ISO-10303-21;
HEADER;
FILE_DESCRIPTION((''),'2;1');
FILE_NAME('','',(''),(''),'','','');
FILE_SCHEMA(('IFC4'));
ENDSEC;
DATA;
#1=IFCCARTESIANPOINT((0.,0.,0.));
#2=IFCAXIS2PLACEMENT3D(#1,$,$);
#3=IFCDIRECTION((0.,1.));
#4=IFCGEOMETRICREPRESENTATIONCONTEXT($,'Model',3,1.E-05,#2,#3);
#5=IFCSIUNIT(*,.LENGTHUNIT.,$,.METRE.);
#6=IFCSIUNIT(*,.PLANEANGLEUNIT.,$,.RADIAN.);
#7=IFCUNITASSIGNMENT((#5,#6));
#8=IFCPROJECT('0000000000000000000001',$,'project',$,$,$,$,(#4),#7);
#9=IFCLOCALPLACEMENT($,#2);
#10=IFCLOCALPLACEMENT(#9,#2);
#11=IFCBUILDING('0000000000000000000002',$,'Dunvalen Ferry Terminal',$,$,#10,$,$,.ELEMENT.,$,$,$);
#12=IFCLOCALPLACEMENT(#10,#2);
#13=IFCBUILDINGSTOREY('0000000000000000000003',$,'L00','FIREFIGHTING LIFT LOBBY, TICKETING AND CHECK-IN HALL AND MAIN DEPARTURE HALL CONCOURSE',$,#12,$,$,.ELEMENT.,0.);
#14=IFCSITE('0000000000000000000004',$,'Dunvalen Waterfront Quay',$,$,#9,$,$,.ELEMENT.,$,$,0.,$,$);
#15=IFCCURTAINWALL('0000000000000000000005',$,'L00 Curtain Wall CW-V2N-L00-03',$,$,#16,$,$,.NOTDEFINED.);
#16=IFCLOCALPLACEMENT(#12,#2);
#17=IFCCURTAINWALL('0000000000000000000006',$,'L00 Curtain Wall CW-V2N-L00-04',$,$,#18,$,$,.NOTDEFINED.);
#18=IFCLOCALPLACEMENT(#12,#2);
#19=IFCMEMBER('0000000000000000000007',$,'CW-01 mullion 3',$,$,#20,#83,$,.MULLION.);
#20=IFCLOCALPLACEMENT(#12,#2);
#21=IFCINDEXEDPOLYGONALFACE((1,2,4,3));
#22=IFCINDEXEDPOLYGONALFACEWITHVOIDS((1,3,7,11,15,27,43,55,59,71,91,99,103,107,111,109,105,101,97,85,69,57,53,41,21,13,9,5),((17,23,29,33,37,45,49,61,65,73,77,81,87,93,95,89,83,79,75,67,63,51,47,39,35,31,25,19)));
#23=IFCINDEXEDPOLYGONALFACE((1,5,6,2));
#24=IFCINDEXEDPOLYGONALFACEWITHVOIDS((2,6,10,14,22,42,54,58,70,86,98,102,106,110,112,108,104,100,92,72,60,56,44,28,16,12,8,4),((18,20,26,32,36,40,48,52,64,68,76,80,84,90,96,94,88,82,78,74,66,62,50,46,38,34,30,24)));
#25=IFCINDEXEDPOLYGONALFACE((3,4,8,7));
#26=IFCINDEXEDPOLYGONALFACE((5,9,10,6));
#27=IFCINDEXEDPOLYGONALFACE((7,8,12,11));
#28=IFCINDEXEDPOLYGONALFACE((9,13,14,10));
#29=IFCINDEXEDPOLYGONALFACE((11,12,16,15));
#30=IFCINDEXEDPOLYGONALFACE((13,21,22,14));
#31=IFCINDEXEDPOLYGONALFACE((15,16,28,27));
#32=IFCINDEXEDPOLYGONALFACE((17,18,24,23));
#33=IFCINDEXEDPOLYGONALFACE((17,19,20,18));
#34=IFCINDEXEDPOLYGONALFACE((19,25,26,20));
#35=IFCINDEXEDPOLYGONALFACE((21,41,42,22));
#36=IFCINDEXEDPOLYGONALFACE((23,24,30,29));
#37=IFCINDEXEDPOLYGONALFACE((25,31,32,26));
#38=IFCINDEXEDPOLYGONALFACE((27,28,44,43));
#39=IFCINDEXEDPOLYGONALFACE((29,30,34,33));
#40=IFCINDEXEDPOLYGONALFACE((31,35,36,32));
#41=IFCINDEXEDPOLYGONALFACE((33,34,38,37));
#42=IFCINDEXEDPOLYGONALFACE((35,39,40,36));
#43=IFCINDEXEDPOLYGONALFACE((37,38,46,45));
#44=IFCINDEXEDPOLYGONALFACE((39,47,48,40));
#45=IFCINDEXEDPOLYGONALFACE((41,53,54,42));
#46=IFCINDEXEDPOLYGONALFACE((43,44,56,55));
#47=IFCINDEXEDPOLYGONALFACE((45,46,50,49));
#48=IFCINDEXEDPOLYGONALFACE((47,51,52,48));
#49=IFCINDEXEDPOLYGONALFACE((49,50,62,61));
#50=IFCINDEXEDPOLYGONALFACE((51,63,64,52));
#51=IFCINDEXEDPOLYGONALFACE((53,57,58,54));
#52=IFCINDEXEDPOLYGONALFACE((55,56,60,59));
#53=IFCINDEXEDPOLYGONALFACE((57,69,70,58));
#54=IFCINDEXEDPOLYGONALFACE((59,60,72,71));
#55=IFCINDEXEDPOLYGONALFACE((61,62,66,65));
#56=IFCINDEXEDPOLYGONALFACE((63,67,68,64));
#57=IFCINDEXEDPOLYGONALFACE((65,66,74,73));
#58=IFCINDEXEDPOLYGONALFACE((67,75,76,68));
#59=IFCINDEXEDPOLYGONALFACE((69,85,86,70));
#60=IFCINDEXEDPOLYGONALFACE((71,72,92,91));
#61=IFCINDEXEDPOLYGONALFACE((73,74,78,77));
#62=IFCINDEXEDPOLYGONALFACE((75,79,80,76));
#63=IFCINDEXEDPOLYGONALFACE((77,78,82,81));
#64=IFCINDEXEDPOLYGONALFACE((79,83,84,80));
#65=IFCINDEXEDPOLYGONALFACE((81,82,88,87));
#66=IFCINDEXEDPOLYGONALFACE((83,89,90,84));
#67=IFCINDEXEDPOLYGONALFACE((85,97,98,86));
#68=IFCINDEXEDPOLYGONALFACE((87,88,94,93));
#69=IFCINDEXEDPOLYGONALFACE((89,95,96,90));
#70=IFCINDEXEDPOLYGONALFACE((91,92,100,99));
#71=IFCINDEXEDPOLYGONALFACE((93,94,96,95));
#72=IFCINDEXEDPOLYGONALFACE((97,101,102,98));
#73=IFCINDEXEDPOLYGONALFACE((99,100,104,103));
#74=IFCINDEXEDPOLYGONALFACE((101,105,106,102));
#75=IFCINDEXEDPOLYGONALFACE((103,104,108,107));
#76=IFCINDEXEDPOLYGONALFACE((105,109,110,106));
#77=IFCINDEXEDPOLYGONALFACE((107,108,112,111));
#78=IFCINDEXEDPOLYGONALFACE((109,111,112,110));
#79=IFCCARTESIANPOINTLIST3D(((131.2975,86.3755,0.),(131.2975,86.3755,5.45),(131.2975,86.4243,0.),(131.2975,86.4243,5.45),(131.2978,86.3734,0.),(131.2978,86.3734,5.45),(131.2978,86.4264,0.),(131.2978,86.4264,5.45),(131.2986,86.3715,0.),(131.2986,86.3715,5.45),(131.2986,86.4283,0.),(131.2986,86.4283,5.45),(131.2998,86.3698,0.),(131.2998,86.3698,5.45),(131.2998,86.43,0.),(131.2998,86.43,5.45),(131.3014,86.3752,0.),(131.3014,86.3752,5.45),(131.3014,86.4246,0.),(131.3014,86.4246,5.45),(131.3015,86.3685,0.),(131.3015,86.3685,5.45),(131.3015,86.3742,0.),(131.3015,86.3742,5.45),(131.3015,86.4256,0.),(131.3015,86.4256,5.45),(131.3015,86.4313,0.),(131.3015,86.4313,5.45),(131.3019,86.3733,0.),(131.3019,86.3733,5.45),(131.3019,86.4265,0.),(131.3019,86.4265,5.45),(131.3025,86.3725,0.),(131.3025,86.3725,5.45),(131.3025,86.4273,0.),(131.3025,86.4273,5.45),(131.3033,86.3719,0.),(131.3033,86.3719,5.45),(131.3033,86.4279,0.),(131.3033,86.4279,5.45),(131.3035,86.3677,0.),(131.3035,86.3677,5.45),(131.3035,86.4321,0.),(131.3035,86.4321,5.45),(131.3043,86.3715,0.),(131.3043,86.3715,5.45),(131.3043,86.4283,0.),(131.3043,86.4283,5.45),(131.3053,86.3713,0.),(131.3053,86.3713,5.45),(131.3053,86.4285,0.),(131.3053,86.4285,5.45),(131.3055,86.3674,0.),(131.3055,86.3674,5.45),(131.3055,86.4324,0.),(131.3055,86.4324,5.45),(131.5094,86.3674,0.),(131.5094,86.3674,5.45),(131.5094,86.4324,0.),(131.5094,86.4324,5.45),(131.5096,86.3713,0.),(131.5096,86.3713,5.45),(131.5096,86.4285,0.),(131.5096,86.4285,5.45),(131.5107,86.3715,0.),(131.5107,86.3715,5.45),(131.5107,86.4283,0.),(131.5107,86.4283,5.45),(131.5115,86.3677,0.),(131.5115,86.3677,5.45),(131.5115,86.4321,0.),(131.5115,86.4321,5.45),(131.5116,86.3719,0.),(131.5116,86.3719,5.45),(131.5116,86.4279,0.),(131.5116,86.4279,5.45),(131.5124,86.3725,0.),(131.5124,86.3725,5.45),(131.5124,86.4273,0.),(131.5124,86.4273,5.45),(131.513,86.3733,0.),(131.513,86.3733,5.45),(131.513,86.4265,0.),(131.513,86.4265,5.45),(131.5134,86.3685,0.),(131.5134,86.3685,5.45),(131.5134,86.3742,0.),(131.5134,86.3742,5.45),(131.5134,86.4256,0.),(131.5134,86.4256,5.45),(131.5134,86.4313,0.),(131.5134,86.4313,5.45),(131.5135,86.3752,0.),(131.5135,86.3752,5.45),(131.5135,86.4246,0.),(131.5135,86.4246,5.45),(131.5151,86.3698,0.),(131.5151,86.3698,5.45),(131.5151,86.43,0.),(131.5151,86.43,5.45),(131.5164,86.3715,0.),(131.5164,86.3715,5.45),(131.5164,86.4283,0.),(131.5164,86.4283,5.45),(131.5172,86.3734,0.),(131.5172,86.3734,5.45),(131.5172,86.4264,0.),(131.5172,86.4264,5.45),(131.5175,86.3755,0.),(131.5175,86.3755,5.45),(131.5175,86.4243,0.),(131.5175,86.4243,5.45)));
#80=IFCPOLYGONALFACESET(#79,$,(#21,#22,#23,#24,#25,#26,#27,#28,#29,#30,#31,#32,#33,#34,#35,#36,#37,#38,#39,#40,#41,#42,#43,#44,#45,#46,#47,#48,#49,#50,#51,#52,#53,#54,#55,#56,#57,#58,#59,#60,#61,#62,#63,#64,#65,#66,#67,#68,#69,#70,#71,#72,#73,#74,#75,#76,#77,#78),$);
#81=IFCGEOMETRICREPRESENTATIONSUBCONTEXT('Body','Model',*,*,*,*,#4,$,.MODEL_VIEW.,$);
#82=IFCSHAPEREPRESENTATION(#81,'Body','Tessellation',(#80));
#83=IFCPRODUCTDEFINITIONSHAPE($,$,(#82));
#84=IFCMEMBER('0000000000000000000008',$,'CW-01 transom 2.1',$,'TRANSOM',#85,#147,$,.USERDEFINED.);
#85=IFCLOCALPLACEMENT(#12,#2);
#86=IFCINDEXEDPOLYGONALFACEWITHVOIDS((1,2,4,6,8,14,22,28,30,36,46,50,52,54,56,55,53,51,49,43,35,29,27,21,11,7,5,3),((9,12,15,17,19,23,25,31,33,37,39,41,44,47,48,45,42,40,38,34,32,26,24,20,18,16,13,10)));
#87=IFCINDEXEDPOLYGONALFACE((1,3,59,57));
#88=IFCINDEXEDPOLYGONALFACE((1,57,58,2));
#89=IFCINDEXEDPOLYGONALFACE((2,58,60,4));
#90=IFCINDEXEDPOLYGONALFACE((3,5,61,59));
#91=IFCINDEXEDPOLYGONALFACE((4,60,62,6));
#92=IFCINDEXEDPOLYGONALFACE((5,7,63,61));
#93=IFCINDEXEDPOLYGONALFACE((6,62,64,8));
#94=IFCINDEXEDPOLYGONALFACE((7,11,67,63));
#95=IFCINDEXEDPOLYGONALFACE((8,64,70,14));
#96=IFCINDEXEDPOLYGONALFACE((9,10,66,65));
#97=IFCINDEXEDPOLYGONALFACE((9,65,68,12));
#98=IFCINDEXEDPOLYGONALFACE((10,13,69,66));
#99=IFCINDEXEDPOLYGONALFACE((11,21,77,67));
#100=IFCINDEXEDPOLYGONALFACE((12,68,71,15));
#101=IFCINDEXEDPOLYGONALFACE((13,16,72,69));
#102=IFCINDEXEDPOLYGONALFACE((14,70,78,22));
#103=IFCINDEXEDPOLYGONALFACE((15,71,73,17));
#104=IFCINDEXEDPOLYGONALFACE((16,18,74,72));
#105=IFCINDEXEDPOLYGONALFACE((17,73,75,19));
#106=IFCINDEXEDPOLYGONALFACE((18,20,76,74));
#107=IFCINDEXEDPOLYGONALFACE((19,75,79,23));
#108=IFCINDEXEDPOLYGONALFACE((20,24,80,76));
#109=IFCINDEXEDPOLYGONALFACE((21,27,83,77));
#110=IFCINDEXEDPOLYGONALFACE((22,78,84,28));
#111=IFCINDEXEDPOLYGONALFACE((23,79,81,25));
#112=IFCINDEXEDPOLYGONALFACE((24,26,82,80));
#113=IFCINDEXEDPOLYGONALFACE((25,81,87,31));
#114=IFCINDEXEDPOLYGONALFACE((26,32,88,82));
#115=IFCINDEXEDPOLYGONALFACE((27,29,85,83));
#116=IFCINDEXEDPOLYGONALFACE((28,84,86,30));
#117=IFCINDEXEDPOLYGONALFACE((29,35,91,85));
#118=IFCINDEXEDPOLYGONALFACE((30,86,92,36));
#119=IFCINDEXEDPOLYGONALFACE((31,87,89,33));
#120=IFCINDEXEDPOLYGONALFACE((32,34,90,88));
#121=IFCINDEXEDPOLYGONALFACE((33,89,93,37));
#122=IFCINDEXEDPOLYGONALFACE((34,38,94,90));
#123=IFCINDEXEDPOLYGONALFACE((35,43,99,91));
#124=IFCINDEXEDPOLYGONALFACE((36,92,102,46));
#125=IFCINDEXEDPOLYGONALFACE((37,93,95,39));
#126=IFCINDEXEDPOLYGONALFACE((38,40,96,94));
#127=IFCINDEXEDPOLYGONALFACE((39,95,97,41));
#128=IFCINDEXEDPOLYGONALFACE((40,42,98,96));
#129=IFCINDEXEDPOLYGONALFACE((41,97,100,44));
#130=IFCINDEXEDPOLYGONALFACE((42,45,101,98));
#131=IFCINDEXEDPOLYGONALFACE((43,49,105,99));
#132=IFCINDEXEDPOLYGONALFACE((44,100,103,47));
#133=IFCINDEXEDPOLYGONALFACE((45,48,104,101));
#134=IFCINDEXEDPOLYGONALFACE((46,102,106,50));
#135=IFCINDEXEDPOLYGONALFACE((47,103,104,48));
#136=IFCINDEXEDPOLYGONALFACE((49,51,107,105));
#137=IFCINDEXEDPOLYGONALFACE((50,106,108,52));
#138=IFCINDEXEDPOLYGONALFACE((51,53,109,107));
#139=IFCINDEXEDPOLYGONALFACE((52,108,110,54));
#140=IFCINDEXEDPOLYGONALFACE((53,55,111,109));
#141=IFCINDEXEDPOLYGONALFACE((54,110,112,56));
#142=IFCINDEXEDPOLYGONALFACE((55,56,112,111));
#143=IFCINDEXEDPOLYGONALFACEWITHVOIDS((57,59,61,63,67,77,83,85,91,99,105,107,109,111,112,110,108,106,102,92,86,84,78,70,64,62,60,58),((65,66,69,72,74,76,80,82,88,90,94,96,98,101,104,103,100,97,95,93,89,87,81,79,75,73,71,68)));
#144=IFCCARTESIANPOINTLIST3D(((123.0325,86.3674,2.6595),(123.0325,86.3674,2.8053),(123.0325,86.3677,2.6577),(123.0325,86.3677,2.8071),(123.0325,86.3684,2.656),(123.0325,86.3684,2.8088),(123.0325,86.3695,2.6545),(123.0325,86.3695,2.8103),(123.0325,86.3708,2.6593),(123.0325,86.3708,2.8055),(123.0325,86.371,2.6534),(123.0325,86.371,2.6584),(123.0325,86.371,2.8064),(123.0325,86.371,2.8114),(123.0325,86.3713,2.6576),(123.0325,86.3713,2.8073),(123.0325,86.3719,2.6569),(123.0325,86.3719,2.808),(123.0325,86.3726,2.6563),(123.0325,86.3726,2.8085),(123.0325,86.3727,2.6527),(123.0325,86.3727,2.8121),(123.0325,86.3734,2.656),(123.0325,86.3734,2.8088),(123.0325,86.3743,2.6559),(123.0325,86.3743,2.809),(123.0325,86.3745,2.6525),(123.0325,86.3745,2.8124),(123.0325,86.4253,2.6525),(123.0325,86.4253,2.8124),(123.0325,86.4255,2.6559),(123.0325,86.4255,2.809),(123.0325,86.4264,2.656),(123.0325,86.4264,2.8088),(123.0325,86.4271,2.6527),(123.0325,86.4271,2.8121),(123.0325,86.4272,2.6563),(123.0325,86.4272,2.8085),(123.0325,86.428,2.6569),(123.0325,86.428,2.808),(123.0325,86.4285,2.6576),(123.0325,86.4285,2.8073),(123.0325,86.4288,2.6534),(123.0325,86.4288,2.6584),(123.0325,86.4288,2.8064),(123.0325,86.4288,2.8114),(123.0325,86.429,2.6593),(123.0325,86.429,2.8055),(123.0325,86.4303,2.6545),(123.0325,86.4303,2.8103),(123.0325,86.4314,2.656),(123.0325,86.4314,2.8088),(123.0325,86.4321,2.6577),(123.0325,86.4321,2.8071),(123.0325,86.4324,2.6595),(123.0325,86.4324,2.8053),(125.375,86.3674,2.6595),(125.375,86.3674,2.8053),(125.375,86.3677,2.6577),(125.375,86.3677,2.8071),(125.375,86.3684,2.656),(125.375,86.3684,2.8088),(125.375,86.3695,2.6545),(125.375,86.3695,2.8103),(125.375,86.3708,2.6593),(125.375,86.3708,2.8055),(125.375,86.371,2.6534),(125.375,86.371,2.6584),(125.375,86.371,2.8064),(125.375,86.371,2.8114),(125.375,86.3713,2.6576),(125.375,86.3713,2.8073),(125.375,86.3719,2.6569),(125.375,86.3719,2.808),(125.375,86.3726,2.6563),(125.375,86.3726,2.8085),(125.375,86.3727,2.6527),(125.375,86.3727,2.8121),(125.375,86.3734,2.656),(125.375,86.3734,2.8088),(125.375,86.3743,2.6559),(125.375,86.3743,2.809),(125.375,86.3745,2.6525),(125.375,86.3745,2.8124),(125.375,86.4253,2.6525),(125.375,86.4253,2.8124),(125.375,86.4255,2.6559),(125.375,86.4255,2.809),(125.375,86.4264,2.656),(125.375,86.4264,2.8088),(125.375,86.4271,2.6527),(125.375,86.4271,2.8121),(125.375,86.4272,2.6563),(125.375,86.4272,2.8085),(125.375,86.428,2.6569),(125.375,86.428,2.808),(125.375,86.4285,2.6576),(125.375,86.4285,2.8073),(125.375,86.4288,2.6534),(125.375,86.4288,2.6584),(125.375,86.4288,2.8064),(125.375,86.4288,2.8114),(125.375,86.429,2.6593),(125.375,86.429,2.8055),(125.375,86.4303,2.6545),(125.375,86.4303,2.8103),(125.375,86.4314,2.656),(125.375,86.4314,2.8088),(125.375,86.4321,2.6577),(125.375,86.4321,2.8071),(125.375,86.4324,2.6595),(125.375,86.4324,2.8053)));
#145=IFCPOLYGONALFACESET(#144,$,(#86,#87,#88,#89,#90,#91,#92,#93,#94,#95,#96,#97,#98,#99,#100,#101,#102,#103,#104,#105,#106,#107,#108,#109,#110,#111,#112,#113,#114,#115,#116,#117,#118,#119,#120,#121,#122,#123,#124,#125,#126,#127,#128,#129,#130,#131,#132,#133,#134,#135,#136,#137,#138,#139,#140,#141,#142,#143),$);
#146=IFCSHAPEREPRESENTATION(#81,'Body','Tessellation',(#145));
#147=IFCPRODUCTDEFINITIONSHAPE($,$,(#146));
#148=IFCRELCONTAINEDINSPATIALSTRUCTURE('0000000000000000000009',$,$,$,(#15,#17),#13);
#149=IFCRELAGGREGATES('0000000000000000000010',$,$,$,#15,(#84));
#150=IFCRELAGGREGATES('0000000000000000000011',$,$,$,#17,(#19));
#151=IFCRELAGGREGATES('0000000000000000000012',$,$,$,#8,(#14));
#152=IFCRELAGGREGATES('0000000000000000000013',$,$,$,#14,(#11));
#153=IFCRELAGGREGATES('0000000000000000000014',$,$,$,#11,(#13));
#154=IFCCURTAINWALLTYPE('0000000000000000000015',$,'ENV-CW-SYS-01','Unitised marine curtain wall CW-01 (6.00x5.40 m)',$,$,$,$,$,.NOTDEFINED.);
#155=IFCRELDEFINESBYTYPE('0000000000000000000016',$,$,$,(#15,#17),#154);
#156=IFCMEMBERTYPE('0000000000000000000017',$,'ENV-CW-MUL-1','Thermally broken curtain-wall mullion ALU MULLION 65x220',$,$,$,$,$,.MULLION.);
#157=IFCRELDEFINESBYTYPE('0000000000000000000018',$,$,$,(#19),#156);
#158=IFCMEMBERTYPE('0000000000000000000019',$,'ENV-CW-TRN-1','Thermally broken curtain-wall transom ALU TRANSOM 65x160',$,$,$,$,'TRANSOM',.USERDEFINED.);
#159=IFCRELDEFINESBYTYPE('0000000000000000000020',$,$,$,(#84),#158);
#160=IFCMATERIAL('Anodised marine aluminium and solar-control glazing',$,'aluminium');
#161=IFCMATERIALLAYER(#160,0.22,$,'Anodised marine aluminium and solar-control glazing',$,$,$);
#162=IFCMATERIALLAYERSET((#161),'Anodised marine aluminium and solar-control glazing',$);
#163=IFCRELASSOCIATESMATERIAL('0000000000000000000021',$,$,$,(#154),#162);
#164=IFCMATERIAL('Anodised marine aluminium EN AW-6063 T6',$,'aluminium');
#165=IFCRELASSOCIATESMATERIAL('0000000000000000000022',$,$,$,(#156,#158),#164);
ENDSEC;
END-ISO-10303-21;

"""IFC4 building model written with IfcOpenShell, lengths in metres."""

from ifc_helpers import new_model, si_unit, direction, frame, origin, origin_2d, place, context, subcontext, project, spatial, hollow_rectangle, extrude, material, layer, layer_set, material_profile, profile_set, type_object, element, aggregate, save


model = new_model("IFC4")

# Units and contexts
model_context = context("Model", 3, precision=1e-05, world=origin(), true_north=direction((0.0, 1.0)))
body_context = subcontext(model_context, "Body", "Model", "MODEL_VIEW")
ifc_project = project(units=[si_unit("LENGTHUNIT", "METRE"), si_unit("PLANEANGLEUNIT", "RADIAN")], contexts=[model_context])

# Site, building, storey
site_placement = place(None, origin())
site = spatial("IfcSite", under=ifc_project, at=site_placement, Name="Dunvalen Waterfront Quay", CompositionType="ELEMENT", RefElevation=0.0)
building_placement = place(site_placement, origin())
building = spatial("IfcBuilding", under=site, at=building_placement, Name="Dunvalen Ferry Terminal", CompositionType="ELEMENT")
storey_placement = place(building_placement, origin())
storey = spatial("IfcBuildingStorey", under=building, at=storey_placement, Name="L00", Description="FIREFIGHTING LIFT LOBBY, TICKETING AND CHECK-IN HALL AND MAIN DEPARTURE HALL CONCOURSE", CompositionType="ELEMENT", Elevation=0.0)

# Curtain wall
ifc_material_1 = material(Name="Anodised marine aluminium and solar-control glazing", Category="aluminium")
ifc_layer_1 = layer(ifc_material_1, 0.22, Name="Anodised marine aluminium and solar-control glazing")
ifc_layer_set_1 = layer_set([ifc_layer_1], Name="Anodised marine aluminium and solar-control glazing")
curtain_wall_type = type_object("IfcCurtainWallType", Name="ENV-CW-SYS-01", Description="Unitised marine curtain wall CW-01 (6.00x5.40 m)", PredefinedType="NOTDEFINED", material=ifc_layer_set_1)
curtain_wall_1_placement = place(storey_placement, origin())
curtain_wall_1 = element("IfcCurtainWall", 1, at=curtain_wall_1_placement, inside=storey, type_object=curtain_wall_type, Name="L00 Curtain Wall CW-V2N-L00-03", PredefinedType="NOTDEFINED")
ifc_material_2 = material(Name="Anodised marine aluminium EN AW-6063 T6", Category="aluminium")
ifc_material_profile_1 = material_profile(ifc_material_2, hollow_rectangle(XDim=0.0649, YDim=0.22, WallThickness=0.0039, InnerFilletRadius=0.0039, OuterFilletRadius=0.0081, at=origin_2d()), Name="Anodised marine aluminium EN AW-6063 T6")
ifc_profile_set_1 = profile_set([ifc_material_profile_1], Name="Anodised marine aluminium EN AW-6063 T6")
member_type_1 = type_object("IfcMemberType", Name="ENV-CW-MUL-1", Description="Thermally broken curtain-wall mullion ALU MULLION 65x220", PredefinedType="MULLION", material=ifc_profile_set_1)

# Curtain wall, member
curtain_wall_2_placement = place(storey_placement, origin())
curtain_wall_2 = element("IfcCurtainWall", 2, at=curtain_wall_2_placement, inside=storey, type_object=curtain_wall_type, Name="L00 Curtain Wall CW-V2N-L00-04", PredefinedType="NOTDEFINED")
member_1_placement = place(storey_placement, frame((131.4075, 86.3999, 0.0), z_axis=(0.0, 0.0, 1.0), x_axis=(0.0, 1.0, 0.0)))
member_1 = element("IfcMember", 3, at=member_1_placement, type_object=member_type_1, Name="CW-01 mullion 3", PredefinedType="MULLION", context=body_context, shape_type="SweptSolid", body=[
    extrude(hollow_rectangle(XDim=0.0649, YDim=0.22, WallThickness=0.0039, InnerFilletRadius=0.0039, OuterFilletRadius=0.0081, at=origin_2d()), origin(), (0.0, 0.0, 1.0), 5.45),
])

# Member
ifc_material_profile_2 = material_profile(ifc_material_2, hollow_rectangle(XDim=0.0649, YDim=0.1599, WallThickness=0.0034, InnerFilletRadius=0.0034, OuterFilletRadius=0.0071, at=origin_2d()), Name="Anodised marine aluminium EN AW-6063 T6")
ifc_profile_set_2 = profile_set([ifc_material_profile_2], Name="Anodised marine aluminium EN AW-6063 T6")
member_type_2 = type_object("IfcMemberType", Name="ENV-CW-TRN-1", Description="Thermally broken curtain-wall transom ALU TRANSOM 65x160", ElementType="TRANSOM", PredefinedType="USERDEFINED", material=ifc_profile_set_2)
member_2_placement = place(storey_placement, frame((123.0325, 86.3999, 2.7324), z_axis=(1.0, 0.0, 0.0), x_axis=(0.0, 1.0, 0.0)))
member_2 = element("IfcMember", 4, at=member_2_placement, type_object=member_type_2, Name="CW-01 transom 2.1", ObjectType="TRANSOM", PredefinedType="USERDEFINED", context=body_context, shape_type="SweptSolid", body=[
    extrude(hollow_rectangle(XDim=0.0649, YDim=0.1599, WallThickness=0.0034, InnerFilletRadius=0.0034, OuterFilletRadius=0.0071, at=origin_2d()), origin(), (0.0, 0.0, 1.0), 2.3425),
])

aggregate(curtain_wall_1, [member_2])
aggregate(curtain_wall_2, [member_1])

save(model, "model.ifc")
